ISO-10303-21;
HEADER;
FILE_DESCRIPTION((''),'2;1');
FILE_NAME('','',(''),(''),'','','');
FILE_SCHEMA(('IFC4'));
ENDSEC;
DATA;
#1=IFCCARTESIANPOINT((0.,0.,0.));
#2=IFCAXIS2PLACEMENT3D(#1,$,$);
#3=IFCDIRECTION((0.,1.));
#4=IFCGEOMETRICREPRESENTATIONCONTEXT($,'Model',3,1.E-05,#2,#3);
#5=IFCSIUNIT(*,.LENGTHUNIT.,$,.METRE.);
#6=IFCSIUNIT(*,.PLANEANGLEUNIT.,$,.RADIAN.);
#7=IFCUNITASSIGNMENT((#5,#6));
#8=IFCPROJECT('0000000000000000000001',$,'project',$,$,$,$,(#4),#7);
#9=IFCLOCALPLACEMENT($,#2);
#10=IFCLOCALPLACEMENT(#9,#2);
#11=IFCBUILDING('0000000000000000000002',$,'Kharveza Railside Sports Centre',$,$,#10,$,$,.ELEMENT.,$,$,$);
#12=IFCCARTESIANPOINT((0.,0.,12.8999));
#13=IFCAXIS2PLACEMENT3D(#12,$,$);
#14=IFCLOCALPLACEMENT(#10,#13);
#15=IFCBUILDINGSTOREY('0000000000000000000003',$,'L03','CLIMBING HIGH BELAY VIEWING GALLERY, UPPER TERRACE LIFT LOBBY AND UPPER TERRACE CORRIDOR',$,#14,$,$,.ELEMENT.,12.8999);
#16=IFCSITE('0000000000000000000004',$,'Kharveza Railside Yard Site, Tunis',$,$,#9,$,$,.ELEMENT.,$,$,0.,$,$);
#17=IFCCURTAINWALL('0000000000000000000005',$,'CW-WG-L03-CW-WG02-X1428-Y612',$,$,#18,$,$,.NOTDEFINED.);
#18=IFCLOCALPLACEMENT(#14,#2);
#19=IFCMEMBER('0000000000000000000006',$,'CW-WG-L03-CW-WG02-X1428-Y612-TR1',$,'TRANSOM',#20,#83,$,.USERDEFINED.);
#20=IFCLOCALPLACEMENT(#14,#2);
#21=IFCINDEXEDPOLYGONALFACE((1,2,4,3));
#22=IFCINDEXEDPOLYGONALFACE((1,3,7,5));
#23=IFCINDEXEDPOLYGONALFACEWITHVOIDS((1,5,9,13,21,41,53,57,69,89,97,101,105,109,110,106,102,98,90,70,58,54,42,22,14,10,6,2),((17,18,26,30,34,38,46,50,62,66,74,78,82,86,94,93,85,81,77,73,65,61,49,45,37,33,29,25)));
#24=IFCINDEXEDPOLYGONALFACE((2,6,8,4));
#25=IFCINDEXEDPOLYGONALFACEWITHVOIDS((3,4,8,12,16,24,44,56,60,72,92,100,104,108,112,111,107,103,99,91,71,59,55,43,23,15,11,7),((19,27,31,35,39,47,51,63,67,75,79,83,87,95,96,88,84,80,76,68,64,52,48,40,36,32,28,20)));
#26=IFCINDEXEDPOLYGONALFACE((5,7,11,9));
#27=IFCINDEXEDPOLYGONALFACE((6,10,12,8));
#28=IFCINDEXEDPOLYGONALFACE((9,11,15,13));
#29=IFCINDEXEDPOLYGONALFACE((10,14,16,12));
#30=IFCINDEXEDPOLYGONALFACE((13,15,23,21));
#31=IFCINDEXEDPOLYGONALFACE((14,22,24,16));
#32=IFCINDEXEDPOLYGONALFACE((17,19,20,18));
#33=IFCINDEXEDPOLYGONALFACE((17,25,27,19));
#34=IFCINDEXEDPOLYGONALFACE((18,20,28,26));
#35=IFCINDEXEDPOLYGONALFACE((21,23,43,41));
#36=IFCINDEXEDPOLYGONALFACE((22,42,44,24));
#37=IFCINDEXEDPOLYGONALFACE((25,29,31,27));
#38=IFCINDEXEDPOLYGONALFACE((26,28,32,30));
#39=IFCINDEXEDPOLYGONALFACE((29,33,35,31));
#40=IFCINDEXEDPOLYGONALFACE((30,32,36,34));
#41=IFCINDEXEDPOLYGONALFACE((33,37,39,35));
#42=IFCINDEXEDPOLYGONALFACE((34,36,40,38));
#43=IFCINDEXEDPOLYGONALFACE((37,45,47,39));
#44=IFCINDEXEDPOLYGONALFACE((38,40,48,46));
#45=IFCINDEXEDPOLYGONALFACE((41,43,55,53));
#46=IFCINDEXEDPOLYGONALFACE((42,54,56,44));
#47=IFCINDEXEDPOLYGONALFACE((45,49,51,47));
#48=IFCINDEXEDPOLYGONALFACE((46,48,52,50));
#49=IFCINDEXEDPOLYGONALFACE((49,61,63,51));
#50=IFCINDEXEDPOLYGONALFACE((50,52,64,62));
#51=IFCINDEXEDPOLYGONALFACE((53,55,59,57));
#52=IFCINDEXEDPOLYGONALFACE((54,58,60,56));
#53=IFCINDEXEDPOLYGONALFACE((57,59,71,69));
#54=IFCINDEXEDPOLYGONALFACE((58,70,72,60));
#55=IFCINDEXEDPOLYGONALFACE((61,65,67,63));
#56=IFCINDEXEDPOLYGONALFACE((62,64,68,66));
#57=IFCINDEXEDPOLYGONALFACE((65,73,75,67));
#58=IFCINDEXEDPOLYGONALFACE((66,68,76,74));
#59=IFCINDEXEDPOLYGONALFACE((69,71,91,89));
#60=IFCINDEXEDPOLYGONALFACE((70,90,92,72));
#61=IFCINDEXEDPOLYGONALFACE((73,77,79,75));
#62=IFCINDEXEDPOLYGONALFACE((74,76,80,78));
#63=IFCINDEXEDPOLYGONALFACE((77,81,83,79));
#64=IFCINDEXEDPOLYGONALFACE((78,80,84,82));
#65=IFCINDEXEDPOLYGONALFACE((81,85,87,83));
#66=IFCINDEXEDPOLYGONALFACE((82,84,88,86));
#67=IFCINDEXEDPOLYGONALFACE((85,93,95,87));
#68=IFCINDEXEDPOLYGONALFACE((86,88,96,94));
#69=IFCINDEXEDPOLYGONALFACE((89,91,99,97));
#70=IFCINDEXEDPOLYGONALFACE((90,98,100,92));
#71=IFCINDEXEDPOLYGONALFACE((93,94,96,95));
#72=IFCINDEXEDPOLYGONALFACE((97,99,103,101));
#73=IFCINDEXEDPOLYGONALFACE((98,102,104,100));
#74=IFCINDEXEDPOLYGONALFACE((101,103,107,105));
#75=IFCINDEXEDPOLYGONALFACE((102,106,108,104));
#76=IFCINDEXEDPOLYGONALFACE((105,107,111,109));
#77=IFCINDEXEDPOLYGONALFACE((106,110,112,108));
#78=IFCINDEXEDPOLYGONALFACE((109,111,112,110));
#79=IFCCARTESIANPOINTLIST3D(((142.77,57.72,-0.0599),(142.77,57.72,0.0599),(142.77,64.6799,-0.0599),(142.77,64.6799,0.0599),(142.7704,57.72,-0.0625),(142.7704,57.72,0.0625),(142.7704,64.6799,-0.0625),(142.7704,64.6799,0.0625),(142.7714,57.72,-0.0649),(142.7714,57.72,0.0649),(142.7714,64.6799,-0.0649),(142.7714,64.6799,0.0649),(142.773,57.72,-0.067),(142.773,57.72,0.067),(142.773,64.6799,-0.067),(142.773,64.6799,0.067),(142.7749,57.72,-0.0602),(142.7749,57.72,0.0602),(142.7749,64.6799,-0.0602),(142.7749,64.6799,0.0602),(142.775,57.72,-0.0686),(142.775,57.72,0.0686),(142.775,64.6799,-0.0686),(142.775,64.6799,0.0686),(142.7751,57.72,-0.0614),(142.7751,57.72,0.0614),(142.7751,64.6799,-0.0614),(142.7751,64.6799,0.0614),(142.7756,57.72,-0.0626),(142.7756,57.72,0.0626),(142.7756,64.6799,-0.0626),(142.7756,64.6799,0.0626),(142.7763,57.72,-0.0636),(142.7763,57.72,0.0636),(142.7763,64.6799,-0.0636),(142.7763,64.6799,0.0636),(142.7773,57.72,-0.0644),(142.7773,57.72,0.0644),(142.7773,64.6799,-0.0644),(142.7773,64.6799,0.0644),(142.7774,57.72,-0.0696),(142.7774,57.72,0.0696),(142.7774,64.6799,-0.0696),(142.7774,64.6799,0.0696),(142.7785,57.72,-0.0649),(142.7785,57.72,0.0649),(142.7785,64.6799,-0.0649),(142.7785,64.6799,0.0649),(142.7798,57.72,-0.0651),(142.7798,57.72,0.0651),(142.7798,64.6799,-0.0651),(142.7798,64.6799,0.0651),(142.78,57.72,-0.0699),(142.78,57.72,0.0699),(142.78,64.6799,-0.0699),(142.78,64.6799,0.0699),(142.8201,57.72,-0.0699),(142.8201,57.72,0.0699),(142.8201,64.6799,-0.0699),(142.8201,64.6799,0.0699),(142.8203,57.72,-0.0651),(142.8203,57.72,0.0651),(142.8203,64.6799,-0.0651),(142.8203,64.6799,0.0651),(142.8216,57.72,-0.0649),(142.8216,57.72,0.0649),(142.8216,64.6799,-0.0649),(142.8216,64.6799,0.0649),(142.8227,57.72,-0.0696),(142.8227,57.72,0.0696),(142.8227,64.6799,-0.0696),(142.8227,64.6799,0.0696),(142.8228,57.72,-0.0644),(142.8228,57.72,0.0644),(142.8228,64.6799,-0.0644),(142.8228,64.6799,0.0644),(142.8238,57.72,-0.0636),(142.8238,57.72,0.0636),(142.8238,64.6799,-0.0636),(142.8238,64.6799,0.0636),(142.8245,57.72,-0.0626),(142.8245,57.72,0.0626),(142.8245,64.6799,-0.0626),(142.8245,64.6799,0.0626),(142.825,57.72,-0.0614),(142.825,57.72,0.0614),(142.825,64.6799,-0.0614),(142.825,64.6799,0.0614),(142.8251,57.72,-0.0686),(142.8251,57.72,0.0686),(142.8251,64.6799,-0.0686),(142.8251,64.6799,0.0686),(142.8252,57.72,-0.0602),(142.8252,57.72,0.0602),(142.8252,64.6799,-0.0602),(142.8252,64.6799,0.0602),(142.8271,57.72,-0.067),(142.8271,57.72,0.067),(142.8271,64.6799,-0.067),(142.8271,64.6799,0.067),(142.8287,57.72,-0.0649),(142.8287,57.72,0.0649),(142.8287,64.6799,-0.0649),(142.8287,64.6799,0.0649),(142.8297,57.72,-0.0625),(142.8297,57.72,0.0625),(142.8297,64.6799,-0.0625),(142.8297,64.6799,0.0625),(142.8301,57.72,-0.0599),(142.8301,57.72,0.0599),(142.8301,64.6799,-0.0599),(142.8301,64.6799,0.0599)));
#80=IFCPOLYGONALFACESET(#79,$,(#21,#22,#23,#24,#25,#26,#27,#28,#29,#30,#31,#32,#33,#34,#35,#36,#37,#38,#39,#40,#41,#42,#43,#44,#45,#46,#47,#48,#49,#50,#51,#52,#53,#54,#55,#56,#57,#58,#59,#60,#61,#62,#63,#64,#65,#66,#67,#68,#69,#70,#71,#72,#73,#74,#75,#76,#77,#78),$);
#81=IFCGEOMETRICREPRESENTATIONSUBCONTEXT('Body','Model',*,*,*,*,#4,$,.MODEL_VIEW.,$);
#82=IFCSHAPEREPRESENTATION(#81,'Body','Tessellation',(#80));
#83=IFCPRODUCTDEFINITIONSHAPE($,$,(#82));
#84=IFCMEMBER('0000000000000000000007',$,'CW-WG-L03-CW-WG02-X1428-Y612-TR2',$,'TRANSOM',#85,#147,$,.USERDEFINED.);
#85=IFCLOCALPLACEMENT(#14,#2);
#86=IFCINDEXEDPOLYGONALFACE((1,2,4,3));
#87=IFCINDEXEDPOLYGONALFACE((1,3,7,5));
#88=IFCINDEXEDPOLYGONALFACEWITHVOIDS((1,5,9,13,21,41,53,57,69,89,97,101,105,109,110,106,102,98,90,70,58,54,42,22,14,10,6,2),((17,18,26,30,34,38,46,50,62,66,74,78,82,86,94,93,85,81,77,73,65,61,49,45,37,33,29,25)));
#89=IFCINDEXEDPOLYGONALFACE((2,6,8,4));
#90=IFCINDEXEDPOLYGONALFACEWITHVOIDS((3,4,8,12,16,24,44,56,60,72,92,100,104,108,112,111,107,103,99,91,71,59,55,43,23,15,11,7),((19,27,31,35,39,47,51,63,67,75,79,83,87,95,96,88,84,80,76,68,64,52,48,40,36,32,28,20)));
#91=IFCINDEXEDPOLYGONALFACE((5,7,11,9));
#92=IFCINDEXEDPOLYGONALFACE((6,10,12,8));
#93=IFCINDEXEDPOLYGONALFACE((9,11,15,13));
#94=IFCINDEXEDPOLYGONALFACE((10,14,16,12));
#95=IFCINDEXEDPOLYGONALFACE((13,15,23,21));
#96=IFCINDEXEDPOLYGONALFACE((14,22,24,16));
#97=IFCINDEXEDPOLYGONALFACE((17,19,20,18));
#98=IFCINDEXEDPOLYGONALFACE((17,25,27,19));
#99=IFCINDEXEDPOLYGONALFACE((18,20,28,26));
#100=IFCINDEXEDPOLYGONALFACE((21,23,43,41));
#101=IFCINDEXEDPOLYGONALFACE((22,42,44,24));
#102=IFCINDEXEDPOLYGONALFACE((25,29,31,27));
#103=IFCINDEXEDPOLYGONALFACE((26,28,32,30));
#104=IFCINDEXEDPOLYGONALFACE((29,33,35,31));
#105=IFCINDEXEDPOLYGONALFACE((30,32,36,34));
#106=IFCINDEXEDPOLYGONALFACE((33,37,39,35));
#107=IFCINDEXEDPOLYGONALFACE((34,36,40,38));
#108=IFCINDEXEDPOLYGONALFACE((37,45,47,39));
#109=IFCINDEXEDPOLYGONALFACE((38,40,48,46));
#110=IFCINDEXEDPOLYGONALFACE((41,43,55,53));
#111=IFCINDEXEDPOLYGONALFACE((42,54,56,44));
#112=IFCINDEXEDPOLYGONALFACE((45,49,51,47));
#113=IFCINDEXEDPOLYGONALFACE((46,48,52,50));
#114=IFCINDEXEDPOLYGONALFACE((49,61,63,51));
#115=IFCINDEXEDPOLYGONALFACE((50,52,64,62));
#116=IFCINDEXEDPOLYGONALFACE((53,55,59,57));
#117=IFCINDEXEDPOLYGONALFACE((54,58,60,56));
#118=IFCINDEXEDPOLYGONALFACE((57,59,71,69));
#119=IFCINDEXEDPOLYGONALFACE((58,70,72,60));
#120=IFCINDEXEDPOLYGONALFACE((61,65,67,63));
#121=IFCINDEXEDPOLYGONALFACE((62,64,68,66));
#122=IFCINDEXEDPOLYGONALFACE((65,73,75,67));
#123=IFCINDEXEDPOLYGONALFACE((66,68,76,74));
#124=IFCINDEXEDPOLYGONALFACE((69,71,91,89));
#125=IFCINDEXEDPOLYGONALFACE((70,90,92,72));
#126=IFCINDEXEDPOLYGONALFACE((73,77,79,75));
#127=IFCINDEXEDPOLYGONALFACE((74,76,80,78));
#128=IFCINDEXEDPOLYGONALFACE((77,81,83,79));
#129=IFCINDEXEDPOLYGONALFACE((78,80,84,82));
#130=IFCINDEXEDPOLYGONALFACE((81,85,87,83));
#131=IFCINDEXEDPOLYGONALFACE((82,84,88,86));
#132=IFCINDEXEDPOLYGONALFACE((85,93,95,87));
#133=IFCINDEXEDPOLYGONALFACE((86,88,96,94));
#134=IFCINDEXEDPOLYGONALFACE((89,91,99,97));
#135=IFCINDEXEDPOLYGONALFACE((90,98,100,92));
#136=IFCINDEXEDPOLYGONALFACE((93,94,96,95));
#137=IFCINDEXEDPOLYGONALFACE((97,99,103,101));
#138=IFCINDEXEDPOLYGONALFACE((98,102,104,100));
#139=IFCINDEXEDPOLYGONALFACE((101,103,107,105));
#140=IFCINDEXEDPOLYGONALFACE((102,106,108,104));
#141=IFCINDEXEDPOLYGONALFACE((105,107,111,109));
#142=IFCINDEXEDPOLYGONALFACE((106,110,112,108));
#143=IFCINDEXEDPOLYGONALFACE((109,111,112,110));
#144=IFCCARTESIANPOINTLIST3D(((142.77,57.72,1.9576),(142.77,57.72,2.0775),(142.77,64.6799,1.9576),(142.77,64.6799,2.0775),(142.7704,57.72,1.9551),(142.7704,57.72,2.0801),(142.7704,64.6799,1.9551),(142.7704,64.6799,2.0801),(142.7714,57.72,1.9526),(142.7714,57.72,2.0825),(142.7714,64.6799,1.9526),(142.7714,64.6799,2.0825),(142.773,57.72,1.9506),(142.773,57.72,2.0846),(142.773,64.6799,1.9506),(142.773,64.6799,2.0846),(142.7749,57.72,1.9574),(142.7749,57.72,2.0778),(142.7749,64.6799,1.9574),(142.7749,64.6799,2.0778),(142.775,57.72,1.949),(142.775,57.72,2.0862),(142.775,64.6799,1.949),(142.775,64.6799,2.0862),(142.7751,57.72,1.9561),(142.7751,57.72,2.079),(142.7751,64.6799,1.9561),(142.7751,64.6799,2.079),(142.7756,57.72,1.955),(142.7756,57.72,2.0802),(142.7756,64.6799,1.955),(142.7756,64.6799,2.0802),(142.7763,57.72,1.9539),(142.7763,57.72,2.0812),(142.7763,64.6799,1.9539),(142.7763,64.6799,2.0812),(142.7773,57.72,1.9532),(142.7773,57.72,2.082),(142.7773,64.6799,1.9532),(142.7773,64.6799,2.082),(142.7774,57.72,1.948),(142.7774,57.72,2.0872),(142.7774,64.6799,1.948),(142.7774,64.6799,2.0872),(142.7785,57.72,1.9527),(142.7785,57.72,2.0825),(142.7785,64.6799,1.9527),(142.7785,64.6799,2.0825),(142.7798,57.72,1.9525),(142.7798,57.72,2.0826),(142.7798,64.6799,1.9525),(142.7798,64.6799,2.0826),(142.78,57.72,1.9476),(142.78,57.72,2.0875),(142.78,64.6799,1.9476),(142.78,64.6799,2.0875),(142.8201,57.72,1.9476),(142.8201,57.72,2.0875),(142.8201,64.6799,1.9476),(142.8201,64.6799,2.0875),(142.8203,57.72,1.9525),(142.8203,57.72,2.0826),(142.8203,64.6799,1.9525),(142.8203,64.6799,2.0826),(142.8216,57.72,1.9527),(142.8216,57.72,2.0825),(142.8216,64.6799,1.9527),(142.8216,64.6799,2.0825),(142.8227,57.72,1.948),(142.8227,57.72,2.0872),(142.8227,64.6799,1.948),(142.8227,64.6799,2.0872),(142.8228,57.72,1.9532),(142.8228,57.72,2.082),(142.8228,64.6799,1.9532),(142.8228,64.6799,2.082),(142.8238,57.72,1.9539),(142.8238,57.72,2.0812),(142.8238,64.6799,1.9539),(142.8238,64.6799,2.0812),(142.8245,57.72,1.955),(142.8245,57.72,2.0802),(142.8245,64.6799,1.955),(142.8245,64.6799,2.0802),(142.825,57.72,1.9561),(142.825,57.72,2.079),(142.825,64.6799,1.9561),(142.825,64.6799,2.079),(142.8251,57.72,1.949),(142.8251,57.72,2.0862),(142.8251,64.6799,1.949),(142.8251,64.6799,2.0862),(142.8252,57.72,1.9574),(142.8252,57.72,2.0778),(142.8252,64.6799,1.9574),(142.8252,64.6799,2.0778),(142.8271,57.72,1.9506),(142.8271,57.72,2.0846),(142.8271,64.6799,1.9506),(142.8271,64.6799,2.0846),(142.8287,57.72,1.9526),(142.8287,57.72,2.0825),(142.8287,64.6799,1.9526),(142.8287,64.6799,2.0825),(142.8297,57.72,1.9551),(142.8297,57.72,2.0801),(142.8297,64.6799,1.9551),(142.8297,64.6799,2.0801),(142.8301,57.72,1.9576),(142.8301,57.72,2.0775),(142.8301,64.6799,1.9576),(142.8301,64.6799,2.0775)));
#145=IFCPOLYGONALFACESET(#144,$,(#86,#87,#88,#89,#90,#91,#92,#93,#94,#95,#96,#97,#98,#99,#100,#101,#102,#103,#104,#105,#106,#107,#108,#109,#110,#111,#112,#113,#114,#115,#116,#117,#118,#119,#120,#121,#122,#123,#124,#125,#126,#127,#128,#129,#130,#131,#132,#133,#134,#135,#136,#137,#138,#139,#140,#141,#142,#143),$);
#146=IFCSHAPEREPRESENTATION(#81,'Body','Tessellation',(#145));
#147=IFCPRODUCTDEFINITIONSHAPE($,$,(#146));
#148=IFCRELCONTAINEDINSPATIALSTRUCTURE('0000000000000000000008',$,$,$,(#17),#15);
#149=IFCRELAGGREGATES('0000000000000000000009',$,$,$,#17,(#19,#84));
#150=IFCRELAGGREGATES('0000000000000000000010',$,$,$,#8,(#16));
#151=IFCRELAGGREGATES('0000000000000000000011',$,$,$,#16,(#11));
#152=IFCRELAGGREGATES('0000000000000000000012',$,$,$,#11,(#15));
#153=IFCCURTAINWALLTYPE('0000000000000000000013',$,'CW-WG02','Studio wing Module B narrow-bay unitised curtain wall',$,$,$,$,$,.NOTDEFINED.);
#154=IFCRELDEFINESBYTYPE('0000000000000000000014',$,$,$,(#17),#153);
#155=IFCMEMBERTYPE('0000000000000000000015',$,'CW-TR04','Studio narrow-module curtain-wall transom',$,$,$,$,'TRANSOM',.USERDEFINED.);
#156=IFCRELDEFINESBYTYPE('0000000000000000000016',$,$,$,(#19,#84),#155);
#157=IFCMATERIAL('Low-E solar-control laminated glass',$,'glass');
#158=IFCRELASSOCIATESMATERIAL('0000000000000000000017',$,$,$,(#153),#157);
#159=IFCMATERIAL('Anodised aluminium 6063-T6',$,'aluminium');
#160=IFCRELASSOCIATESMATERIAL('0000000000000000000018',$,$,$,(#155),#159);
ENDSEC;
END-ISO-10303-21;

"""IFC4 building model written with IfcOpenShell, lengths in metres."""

from ifc_helpers import new_model, si_unit, direction, frame, origin, origin_2d, place, context, subcontext, project, spatial, hollow_rectangle, extrude, material, material_profile, profile_set, type_object, element, aggregate, save


model = new_model("IFC4")

# Units and contexts
model_context = context("Model", 3, precision=1e-05, world=origin(), true_north=direction((0.0, 1.0)))
body_context = subcontext(model_context, "Body", "Model", "MODEL_VIEW")
ifc_project = project(units=[si_unit("LENGTHUNIT", "METRE"), si_unit("PLANEANGLEUNIT", "RADIAN")], contexts=[model_context])

# Site, building, storey
site_placement = place(None, origin())
site = spatial("IfcSite", under=ifc_project, at=site_placement, Name="Kharveza Railside Yard Site, Tunis", CompositionType="ELEMENT", RefElevation=0.0)
building_placement = place(site_placement, origin())
building = spatial("IfcBuilding", under=site, at=building_placement, Name="Kharveza Railside Sports Centre", CompositionType="ELEMENT")
storey_placement = place(building_placement, frame((0.0, 0.0, 12.8999)))
storey = spatial("IfcBuildingStorey", under=building, at=storey_placement, Name="L03", Description="CLIMBING HIGH BELAY VIEWING GALLERY, UPPER TERRACE LIFT LOBBY AND UPPER TERRACE CORRIDOR", CompositionType="ELEMENT", Elevation=12.8999)

# Curtain wall, members
ifc_material_1 = material(Name="Low-E solar-control laminated glass", Category="glass")
curtain_wall_type = type_object("IfcCurtainWallType", Name="CW-WG02", Description="Studio wing Module B narrow-bay unitised curtain wall", PredefinedType="NOTDEFINED", material=ifc_material_1)
ifc_material_2 = material(Name="Anodised aluminium 6063-T6", Category="aluminium")
curtain_wall_1_placement = place(storey_placement, origin())
curtain_wall_1 = element("IfcCurtainWall", 1, at=curtain_wall_1_placement, inside=storey, type_object=curtain_wall_type, Name="CW-WG-L03-CW-WG02-X1428-Y612", PredefinedType="NOTDEFINED")
ifc_material_profile_1 = material_profile(ifc_material_2, hollow_rectangle(XDim=0.0601, YDim=0.1399, WallThickness=0.0049, InnerFilletRadius=0.0049, OuterFilletRadius=0.01, at=origin_2d()), Name="RHS 60x140x5.0")
ifc_profile_set_1 = profile_set([ifc_material_profile_1], Name="Anodised aluminium 6063-T6")
member_type_1 = type_object("IfcMemberType", Name="CW-TR04", Description="Studio narrow-module curtain-wall transom", ElementType="TRANSOM", PredefinedType="USERDEFINED", material=ifc_profile_set_1)
member_1_placement = place(storey_placement, frame((142.8, 64.6799, 0.0), z_axis=(0.0, -1.0, 0.0), x_axis=(1.0, 0.0, 0.0)))
member_1 = element("IfcMember", 2, at=member_1_placement, type_object=member_type_1, Name="CW-WG-L03-CW-WG02-X1428-Y612-TR1", ObjectType="TRANSOM", PredefinedType="USERDEFINED", context=body_context, shape_type="SweptSolid", body=[
    extrude(hollow_rectangle(XDim=0.0601, YDim=0.1399, WallThickness=0.0049, InnerFilletRadius=0.0049, OuterFilletRadius=0.01, at=origin_2d()), origin(), (0.0, 0.0, 1.0), 6.96),
])
member_2_placement = place(storey_placement, frame((142.8, 64.6799, 2.0176), z_axis=(0.0, -1.0, 0.0), x_axis=(1.0, 0.0, 0.0)))
member_2 = element("IfcMember", 3, at=member_2_placement, type_object=member_type_1, Name="CW-WG-L03-CW-WG02-X1428-Y612-TR2", ObjectType="TRANSOM", PredefinedType="USERDEFINED", context=body_context, shape_type="SweptSolid", body=[
    extrude(hollow_rectangle(XDim=0.0601, YDim=0.1399, WallThickness=0.0049, InnerFilletRadius=0.0049, OuterFilletRadius=0.01, at=origin_2d()), origin(), (0.0, 0.0, 1.0), 6.96),
])

aggregate(curtain_wall_1, [member_1, member_2])

save(model, "model.ifc")
